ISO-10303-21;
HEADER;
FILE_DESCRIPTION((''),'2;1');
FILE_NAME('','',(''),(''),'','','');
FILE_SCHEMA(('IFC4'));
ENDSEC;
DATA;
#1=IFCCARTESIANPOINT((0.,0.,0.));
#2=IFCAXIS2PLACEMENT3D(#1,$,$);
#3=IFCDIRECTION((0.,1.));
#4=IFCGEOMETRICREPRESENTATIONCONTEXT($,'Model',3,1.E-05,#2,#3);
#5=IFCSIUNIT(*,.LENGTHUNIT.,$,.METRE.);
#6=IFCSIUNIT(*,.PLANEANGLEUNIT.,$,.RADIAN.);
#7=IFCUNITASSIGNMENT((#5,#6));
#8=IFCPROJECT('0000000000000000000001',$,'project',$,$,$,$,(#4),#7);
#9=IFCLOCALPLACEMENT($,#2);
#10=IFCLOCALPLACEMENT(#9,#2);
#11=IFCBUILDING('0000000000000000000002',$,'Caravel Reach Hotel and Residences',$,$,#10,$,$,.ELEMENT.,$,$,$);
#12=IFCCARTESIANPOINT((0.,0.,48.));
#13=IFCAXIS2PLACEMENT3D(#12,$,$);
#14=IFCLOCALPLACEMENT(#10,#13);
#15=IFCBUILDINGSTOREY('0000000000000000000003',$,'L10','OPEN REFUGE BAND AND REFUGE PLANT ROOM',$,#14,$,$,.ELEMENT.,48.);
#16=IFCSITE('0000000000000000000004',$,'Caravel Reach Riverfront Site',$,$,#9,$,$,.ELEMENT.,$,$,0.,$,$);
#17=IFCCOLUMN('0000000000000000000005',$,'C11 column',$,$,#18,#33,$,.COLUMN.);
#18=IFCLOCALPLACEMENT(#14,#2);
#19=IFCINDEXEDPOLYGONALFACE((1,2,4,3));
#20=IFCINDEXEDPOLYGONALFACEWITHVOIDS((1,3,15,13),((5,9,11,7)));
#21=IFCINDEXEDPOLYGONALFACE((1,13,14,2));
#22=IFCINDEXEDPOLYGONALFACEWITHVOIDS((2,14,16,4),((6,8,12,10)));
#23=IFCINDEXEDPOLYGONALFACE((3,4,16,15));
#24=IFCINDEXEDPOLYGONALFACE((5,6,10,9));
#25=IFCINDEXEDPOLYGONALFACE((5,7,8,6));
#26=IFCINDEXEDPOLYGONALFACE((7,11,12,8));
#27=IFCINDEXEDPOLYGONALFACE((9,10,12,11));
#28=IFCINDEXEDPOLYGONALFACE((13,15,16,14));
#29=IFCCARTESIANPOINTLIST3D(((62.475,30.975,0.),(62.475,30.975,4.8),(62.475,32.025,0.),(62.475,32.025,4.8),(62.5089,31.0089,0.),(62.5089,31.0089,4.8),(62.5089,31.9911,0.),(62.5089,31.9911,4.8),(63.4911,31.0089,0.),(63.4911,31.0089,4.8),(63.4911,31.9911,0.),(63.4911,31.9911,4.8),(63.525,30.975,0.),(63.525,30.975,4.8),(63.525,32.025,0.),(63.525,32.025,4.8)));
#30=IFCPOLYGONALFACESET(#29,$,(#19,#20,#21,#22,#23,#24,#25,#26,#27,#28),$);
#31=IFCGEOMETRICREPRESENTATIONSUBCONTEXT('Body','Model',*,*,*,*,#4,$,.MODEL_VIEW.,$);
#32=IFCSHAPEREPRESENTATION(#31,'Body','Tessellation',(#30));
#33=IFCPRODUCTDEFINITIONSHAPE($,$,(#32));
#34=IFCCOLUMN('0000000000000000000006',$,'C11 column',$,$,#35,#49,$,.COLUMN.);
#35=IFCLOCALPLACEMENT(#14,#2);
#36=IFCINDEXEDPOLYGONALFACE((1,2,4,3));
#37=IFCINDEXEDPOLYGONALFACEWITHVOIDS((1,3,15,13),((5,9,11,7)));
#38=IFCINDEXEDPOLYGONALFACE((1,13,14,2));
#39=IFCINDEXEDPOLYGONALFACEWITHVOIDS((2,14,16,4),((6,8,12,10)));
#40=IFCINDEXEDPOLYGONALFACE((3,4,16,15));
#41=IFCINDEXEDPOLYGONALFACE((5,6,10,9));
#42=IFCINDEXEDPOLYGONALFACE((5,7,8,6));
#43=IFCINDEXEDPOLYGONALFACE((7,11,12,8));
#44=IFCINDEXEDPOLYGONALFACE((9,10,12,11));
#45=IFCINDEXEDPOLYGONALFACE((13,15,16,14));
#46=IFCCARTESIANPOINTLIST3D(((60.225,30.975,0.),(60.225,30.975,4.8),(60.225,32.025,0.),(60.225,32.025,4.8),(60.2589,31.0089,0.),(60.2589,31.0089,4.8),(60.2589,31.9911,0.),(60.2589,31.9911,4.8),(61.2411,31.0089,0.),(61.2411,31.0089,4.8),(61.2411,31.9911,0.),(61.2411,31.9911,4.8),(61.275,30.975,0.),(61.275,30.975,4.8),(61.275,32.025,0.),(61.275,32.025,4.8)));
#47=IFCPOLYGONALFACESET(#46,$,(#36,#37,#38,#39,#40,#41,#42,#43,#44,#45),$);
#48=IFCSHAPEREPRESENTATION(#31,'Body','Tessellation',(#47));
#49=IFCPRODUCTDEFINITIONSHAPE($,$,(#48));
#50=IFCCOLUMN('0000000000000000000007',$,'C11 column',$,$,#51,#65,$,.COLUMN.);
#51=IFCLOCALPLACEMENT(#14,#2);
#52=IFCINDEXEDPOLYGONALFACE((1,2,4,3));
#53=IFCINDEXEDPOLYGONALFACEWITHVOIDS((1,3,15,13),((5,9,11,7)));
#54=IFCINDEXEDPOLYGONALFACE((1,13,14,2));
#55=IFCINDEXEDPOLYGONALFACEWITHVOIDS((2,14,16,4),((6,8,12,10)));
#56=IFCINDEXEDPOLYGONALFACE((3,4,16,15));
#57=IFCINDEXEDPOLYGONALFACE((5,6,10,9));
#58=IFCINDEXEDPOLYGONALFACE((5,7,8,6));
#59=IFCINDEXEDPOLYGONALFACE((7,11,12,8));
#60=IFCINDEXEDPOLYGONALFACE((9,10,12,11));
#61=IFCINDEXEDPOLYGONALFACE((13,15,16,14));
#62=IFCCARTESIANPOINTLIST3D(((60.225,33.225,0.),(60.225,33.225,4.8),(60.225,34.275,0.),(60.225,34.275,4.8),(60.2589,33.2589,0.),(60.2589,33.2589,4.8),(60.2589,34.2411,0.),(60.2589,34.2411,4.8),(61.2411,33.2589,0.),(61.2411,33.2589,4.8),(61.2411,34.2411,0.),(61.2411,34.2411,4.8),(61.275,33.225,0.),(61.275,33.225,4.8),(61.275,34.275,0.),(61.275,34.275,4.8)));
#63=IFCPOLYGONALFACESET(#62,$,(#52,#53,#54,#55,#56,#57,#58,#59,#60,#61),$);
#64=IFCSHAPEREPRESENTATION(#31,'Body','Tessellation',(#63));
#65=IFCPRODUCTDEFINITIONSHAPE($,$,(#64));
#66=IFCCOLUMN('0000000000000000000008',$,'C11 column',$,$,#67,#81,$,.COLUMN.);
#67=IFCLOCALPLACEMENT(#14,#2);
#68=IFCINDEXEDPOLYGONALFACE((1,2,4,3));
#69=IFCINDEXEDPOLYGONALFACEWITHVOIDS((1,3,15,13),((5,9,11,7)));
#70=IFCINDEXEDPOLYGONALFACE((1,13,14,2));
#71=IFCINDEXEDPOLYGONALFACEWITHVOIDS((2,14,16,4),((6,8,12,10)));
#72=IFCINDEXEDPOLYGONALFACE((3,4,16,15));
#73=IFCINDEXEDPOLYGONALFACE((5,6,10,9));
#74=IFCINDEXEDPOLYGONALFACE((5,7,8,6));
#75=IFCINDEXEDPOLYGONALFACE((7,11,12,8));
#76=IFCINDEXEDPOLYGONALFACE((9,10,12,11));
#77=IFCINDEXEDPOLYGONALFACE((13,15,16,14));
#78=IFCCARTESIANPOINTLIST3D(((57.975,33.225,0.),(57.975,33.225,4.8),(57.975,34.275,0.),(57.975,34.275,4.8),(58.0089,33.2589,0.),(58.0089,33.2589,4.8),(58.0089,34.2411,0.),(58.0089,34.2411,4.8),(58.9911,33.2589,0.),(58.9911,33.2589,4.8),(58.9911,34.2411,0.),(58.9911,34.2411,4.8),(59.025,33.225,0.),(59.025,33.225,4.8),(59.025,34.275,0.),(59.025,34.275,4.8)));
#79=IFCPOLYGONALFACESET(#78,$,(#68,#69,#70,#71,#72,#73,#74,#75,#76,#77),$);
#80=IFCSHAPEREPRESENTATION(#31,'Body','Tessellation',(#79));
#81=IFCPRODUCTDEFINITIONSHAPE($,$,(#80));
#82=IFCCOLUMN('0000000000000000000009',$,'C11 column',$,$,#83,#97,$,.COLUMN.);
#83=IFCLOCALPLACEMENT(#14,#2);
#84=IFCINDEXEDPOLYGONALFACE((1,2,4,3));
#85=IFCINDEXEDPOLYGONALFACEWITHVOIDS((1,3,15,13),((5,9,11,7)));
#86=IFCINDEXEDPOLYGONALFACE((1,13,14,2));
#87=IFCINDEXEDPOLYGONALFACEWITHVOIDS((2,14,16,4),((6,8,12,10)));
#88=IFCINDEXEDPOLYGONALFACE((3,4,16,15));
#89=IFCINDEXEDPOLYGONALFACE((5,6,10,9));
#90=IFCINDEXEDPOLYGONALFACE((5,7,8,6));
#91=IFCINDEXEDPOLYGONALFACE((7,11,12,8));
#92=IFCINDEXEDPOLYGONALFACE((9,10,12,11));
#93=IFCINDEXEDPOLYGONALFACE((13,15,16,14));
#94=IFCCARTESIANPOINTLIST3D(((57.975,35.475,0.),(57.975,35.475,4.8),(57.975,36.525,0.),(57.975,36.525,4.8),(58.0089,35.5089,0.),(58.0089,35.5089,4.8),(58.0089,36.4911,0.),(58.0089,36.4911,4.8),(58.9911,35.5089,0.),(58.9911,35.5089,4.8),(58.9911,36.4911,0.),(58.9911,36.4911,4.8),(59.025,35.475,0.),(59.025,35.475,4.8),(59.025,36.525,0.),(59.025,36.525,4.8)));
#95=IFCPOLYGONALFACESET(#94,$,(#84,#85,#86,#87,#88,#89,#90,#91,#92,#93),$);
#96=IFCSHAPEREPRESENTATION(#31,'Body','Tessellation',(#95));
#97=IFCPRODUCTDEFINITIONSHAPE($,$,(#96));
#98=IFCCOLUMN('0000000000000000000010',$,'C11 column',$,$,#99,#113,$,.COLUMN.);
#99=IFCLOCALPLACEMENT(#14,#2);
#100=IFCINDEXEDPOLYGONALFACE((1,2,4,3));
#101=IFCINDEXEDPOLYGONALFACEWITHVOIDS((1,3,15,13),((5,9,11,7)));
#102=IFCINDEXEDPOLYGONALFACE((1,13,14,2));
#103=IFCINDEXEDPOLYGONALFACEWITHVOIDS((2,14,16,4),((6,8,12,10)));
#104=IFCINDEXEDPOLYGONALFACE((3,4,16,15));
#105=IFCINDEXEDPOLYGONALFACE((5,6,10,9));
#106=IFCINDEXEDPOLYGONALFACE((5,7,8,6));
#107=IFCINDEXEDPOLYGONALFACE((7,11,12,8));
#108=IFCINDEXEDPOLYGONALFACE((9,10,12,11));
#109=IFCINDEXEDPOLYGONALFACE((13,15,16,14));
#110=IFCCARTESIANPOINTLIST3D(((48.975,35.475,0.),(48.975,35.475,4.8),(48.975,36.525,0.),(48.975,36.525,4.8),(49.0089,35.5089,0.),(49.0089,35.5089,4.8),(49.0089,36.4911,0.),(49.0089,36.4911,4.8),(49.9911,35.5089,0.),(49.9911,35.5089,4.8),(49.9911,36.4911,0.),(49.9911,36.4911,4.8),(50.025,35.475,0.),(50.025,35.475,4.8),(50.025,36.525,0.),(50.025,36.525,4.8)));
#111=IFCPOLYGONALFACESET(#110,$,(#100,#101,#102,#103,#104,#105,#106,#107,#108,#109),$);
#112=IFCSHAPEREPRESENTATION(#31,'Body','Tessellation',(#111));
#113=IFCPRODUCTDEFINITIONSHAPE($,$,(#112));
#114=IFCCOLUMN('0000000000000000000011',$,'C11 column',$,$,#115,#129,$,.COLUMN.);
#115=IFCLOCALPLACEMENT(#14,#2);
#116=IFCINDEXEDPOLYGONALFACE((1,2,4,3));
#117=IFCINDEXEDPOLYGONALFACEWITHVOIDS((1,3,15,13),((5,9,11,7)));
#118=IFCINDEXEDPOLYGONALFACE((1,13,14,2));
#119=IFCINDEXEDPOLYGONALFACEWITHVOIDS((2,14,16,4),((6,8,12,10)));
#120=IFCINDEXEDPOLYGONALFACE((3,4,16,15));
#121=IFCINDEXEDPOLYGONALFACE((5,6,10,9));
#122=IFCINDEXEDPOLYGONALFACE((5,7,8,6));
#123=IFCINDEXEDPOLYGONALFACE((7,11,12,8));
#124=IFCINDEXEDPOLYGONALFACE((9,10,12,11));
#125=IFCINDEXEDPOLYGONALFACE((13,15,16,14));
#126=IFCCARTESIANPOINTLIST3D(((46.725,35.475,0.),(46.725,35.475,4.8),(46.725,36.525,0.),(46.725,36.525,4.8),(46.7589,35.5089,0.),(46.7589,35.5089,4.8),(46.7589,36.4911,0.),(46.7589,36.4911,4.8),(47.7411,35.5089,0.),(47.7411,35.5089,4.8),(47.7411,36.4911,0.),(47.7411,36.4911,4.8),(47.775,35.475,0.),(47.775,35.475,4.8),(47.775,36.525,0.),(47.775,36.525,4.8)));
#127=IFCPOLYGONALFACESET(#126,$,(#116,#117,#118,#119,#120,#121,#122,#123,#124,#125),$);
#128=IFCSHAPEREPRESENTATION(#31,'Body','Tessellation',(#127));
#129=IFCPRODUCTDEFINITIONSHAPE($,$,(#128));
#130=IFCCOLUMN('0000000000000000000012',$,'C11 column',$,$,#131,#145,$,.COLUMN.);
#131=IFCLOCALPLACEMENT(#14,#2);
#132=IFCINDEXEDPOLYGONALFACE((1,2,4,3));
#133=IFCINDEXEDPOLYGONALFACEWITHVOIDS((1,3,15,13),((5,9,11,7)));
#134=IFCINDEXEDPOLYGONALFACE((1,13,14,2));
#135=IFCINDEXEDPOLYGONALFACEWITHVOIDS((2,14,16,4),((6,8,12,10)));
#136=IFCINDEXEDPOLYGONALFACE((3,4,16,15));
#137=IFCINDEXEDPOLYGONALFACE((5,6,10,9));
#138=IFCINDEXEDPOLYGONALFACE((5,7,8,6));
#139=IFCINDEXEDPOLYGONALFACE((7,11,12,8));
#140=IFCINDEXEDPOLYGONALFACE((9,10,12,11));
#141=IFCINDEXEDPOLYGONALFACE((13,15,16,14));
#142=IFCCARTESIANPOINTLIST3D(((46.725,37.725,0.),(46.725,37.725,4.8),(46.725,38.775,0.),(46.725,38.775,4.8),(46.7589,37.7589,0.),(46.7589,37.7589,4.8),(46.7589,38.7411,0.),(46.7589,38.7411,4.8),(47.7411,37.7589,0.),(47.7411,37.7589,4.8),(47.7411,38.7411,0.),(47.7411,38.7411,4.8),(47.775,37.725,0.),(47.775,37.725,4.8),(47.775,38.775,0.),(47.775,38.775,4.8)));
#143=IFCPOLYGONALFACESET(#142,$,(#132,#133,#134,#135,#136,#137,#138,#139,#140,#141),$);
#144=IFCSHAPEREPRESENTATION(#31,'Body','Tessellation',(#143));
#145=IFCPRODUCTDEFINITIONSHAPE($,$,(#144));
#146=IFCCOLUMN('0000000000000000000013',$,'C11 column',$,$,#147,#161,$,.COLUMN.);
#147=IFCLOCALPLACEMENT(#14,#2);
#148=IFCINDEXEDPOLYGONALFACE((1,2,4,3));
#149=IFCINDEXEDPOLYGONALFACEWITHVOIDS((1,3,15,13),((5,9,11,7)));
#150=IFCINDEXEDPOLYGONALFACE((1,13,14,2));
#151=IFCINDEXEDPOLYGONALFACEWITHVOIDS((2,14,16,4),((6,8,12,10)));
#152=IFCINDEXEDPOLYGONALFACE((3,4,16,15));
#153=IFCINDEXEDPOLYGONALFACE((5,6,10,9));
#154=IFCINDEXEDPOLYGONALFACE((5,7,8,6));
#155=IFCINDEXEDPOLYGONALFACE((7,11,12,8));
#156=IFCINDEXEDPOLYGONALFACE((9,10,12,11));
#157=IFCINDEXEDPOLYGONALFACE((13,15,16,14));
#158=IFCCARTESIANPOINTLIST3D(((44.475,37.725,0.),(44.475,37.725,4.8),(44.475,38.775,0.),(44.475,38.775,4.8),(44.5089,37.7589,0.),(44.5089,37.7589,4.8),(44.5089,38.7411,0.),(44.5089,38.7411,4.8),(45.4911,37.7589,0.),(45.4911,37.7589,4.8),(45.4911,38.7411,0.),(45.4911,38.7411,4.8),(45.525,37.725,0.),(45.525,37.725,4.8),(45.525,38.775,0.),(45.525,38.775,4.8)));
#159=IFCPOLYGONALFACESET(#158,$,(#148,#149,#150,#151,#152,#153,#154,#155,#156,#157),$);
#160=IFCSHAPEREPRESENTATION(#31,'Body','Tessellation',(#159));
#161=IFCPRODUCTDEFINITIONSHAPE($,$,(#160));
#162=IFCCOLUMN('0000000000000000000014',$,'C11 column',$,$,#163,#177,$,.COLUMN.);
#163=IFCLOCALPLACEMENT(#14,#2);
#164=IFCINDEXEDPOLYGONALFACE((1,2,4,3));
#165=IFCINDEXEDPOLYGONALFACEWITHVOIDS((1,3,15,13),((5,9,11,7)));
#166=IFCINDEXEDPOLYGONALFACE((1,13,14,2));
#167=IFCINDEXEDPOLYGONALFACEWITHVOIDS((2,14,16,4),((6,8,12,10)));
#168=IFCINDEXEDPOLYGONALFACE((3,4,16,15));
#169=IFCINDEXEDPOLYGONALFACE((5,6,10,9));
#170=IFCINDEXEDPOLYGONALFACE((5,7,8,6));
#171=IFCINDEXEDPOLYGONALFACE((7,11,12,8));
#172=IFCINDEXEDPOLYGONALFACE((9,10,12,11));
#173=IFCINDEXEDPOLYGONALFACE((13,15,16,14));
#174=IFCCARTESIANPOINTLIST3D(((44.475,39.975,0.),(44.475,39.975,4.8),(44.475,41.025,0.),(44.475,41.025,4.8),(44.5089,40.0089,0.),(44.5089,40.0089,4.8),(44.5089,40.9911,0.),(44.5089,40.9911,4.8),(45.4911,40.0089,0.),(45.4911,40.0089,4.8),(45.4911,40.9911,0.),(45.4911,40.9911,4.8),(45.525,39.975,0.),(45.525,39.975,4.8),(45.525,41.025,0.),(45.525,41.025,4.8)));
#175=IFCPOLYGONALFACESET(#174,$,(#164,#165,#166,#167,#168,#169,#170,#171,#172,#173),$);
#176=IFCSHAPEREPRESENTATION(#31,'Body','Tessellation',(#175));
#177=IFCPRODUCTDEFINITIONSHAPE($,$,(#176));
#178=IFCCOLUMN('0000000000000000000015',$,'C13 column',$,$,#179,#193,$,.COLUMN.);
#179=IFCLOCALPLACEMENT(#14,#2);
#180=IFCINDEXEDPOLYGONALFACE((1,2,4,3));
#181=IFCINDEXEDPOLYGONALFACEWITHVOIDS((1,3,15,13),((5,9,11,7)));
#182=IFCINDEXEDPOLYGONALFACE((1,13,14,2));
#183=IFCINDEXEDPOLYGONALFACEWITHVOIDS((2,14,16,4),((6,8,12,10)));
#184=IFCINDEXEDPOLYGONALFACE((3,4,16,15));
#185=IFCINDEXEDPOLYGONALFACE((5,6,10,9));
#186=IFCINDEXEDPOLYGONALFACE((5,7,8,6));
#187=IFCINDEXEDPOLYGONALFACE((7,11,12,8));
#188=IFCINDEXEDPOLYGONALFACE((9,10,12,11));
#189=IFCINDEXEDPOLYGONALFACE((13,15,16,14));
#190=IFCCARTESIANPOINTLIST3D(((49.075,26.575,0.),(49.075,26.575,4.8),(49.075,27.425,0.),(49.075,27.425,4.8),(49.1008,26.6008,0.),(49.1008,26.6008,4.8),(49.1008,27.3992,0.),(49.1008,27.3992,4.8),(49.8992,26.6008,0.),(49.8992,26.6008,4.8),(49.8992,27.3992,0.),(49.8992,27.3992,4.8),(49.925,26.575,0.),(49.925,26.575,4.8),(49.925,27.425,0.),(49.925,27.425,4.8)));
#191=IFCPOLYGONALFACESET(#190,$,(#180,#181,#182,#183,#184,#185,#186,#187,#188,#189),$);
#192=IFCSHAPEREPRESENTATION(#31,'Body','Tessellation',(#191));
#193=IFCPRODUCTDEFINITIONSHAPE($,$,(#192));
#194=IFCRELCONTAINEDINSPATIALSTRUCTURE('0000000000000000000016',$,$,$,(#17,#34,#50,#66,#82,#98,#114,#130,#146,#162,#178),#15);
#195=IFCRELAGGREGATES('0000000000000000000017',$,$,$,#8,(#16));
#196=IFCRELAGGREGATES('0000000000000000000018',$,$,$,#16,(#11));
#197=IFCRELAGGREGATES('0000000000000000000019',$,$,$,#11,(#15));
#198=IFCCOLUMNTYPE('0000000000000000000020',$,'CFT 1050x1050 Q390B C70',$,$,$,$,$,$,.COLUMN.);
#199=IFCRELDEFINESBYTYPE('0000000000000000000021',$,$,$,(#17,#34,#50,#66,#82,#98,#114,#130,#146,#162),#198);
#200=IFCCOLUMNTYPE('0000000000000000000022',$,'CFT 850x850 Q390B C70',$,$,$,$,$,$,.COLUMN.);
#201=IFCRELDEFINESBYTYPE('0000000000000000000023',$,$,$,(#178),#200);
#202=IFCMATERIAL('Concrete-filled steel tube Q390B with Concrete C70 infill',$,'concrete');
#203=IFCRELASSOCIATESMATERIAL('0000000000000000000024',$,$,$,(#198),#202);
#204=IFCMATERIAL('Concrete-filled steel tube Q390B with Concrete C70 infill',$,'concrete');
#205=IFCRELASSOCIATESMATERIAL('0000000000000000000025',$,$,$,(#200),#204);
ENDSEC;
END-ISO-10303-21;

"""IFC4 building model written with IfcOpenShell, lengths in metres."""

from ifc_helpers import new_model, si_unit, direction, frame, origin, origin_2d, place, context, subcontext, project, spatial, hollow_rectangle, extrude, material, material_profile, profile_set, type_object, element, save


model = new_model("IFC4")

# Units and contexts
model_context = context("Model", 3, precision=1e-05, world=origin(), true_north=direction((0.0, 1.0)))
body_context = subcontext(model_context, "Body", "Model", "MODEL_VIEW")
ifc_project = project(units=[si_unit("LENGTHUNIT", "METRE"), si_unit("PLANEANGLEUNIT", "RADIAN")], contexts=[model_context])

# Site, building, storey
site_placement = place(None, origin())
site = spatial("IfcSite", under=ifc_project, at=site_placement, Name="Caravel Reach Riverfront Site", CompositionType="ELEMENT", RefElevation=0.0)
building_placement = place(site_placement, origin())
building = spatial("IfcBuilding", under=site, at=building_placement, Name="Caravel Reach Hotel and Residences", CompositionType="ELEMENT")
storey_placement = place(building_placement, frame((0.0, 0.0, 48.0)))
storey = spatial("IfcBuildingStorey", under=building, at=storey_placement, Name="L10", Description="OPEN REFUGE BAND AND REFUGE PLANT ROOM", CompositionType="ELEMENT", Elevation=48.0)

# Columns
ifc_material_1 = material(Name="Concrete-filled steel tube Q390B with Concrete C70 infill", Category="concrete")
ifc_material_profile_1 = material_profile(ifc_material_1, hollow_rectangle(XDim=1.05, YDim=1.05, WallThickness=0.0339, at=origin_2d()), Name="RHS 1050x1050x34")
ifc_profile_set_1 = profile_set([ifc_material_profile_1], Name="Concrete-filled steel tube Q390B with Concrete C70 infill")
column_type_1 = type_object("IfcColumnType", Name="CFT 1050x1050 Q390B C70", PredefinedType="COLUMN", material=ifc_profile_set_1)
for number, where, z_axis, x_axis, name in (
    (1, (63.0, 31.5, 0.0), (0.0, 0.0, 1.0), (1.0, 0.0, 0.0), "C11 column"),
    (2, (60.75, 31.5, 0.0), (0.0, 0.0, 1.0), (1.0, 0.0, 0.0), "C11 column"),
    (3, (60.75, 33.75, 0.0), (0.0, 0.0, 1.0), (1.0, 0.0, 0.0), "C11 column"),
    (4, (58.5, 33.75, 0.0), (0.0, 0.0, 1.0), (1.0, 0.0, 0.0), "C11 column"),
    (5, (58.5, 36.0, 0.0), (0.0, 0.0, 1.0), (1.0, 0.0, 0.0), "C11 column"),
    (6, (49.5, 36.0, 0.0), (0.0, 0.0, 1.0), (1.0, 0.0, 0.0), "C11 column"),
    (7, (47.25, 36.0, 0.0), (0.0, 0.0, 1.0), (1.0, 0.0, 0.0), "C11 column"),
    (8, (47.25, 38.25, 0.0), (0.0, 0.0, 1.0), (1.0, 0.0, 0.0), "C11 column"),
    (9, (45.0, 38.25, 0.0), (0.0, 0.0, 1.0), (1.0, 0.0, 0.0), "C11 column"),
    (10, (45.0, 40.5, 0.0), (0.0, 0.0, 1.0), (1.0, 0.0, 0.0), "C11 column"),
):
    element("IfcColumn", number, at=place(storey_placement, frame(where, z_axis=z_axis, x_axis=x_axis)), inside=storey, type_object=column_type_1, Name=name, PredefinedType="COLUMN", context=body_context, shape_type="SweptSolid", body=[
        extrude(hollow_rectangle(XDim=1.05, YDim=1.05, WallThickness=0.0339, at=origin_2d()), origin(), (0.0, 0.0, 1.0), 4.8),
    ])
ifc_material_2 = material(Name="Concrete-filled steel tube Q390B with Concrete C70 infill", Category="concrete")
ifc_material_profile_2 = material_profile(ifc_material_2, hollow_rectangle(XDim=0.8501, YDim=0.8501, WallThickness=0.0259, at=origin_2d()), Name="RHS 850x850x26")
ifc_profile_set_2 = profile_set([ifc_material_profile_2], Name="Concrete-filled steel tube Q390B with Concrete C70 infill")
column_type_2 = type_object("IfcColumnType", Name="CFT 850x850 Q390B C70", PredefinedType="COLUMN", material=ifc_profile_set_2)
column_placement = place(storey_placement, frame((49.5, 27.0, 0.0), z_axis=(0.0, 0.0, 1.0), x_axis=(1.0, 0.0, 0.0)))
element("IfcColumn", 11, at=column_placement, inside=storey, type_object=column_type_2, Name="C13 column", PredefinedType="COLUMN", context=body_context, shape_type="SweptSolid", body=[
    extrude(hollow_rectangle(XDim=0.8501, YDim=0.8501, WallThickness=0.0259, at=origin_2d()), origin(), (0.0, 0.0, 1.0), 4.8),
])

save(model, "model.ifc")
